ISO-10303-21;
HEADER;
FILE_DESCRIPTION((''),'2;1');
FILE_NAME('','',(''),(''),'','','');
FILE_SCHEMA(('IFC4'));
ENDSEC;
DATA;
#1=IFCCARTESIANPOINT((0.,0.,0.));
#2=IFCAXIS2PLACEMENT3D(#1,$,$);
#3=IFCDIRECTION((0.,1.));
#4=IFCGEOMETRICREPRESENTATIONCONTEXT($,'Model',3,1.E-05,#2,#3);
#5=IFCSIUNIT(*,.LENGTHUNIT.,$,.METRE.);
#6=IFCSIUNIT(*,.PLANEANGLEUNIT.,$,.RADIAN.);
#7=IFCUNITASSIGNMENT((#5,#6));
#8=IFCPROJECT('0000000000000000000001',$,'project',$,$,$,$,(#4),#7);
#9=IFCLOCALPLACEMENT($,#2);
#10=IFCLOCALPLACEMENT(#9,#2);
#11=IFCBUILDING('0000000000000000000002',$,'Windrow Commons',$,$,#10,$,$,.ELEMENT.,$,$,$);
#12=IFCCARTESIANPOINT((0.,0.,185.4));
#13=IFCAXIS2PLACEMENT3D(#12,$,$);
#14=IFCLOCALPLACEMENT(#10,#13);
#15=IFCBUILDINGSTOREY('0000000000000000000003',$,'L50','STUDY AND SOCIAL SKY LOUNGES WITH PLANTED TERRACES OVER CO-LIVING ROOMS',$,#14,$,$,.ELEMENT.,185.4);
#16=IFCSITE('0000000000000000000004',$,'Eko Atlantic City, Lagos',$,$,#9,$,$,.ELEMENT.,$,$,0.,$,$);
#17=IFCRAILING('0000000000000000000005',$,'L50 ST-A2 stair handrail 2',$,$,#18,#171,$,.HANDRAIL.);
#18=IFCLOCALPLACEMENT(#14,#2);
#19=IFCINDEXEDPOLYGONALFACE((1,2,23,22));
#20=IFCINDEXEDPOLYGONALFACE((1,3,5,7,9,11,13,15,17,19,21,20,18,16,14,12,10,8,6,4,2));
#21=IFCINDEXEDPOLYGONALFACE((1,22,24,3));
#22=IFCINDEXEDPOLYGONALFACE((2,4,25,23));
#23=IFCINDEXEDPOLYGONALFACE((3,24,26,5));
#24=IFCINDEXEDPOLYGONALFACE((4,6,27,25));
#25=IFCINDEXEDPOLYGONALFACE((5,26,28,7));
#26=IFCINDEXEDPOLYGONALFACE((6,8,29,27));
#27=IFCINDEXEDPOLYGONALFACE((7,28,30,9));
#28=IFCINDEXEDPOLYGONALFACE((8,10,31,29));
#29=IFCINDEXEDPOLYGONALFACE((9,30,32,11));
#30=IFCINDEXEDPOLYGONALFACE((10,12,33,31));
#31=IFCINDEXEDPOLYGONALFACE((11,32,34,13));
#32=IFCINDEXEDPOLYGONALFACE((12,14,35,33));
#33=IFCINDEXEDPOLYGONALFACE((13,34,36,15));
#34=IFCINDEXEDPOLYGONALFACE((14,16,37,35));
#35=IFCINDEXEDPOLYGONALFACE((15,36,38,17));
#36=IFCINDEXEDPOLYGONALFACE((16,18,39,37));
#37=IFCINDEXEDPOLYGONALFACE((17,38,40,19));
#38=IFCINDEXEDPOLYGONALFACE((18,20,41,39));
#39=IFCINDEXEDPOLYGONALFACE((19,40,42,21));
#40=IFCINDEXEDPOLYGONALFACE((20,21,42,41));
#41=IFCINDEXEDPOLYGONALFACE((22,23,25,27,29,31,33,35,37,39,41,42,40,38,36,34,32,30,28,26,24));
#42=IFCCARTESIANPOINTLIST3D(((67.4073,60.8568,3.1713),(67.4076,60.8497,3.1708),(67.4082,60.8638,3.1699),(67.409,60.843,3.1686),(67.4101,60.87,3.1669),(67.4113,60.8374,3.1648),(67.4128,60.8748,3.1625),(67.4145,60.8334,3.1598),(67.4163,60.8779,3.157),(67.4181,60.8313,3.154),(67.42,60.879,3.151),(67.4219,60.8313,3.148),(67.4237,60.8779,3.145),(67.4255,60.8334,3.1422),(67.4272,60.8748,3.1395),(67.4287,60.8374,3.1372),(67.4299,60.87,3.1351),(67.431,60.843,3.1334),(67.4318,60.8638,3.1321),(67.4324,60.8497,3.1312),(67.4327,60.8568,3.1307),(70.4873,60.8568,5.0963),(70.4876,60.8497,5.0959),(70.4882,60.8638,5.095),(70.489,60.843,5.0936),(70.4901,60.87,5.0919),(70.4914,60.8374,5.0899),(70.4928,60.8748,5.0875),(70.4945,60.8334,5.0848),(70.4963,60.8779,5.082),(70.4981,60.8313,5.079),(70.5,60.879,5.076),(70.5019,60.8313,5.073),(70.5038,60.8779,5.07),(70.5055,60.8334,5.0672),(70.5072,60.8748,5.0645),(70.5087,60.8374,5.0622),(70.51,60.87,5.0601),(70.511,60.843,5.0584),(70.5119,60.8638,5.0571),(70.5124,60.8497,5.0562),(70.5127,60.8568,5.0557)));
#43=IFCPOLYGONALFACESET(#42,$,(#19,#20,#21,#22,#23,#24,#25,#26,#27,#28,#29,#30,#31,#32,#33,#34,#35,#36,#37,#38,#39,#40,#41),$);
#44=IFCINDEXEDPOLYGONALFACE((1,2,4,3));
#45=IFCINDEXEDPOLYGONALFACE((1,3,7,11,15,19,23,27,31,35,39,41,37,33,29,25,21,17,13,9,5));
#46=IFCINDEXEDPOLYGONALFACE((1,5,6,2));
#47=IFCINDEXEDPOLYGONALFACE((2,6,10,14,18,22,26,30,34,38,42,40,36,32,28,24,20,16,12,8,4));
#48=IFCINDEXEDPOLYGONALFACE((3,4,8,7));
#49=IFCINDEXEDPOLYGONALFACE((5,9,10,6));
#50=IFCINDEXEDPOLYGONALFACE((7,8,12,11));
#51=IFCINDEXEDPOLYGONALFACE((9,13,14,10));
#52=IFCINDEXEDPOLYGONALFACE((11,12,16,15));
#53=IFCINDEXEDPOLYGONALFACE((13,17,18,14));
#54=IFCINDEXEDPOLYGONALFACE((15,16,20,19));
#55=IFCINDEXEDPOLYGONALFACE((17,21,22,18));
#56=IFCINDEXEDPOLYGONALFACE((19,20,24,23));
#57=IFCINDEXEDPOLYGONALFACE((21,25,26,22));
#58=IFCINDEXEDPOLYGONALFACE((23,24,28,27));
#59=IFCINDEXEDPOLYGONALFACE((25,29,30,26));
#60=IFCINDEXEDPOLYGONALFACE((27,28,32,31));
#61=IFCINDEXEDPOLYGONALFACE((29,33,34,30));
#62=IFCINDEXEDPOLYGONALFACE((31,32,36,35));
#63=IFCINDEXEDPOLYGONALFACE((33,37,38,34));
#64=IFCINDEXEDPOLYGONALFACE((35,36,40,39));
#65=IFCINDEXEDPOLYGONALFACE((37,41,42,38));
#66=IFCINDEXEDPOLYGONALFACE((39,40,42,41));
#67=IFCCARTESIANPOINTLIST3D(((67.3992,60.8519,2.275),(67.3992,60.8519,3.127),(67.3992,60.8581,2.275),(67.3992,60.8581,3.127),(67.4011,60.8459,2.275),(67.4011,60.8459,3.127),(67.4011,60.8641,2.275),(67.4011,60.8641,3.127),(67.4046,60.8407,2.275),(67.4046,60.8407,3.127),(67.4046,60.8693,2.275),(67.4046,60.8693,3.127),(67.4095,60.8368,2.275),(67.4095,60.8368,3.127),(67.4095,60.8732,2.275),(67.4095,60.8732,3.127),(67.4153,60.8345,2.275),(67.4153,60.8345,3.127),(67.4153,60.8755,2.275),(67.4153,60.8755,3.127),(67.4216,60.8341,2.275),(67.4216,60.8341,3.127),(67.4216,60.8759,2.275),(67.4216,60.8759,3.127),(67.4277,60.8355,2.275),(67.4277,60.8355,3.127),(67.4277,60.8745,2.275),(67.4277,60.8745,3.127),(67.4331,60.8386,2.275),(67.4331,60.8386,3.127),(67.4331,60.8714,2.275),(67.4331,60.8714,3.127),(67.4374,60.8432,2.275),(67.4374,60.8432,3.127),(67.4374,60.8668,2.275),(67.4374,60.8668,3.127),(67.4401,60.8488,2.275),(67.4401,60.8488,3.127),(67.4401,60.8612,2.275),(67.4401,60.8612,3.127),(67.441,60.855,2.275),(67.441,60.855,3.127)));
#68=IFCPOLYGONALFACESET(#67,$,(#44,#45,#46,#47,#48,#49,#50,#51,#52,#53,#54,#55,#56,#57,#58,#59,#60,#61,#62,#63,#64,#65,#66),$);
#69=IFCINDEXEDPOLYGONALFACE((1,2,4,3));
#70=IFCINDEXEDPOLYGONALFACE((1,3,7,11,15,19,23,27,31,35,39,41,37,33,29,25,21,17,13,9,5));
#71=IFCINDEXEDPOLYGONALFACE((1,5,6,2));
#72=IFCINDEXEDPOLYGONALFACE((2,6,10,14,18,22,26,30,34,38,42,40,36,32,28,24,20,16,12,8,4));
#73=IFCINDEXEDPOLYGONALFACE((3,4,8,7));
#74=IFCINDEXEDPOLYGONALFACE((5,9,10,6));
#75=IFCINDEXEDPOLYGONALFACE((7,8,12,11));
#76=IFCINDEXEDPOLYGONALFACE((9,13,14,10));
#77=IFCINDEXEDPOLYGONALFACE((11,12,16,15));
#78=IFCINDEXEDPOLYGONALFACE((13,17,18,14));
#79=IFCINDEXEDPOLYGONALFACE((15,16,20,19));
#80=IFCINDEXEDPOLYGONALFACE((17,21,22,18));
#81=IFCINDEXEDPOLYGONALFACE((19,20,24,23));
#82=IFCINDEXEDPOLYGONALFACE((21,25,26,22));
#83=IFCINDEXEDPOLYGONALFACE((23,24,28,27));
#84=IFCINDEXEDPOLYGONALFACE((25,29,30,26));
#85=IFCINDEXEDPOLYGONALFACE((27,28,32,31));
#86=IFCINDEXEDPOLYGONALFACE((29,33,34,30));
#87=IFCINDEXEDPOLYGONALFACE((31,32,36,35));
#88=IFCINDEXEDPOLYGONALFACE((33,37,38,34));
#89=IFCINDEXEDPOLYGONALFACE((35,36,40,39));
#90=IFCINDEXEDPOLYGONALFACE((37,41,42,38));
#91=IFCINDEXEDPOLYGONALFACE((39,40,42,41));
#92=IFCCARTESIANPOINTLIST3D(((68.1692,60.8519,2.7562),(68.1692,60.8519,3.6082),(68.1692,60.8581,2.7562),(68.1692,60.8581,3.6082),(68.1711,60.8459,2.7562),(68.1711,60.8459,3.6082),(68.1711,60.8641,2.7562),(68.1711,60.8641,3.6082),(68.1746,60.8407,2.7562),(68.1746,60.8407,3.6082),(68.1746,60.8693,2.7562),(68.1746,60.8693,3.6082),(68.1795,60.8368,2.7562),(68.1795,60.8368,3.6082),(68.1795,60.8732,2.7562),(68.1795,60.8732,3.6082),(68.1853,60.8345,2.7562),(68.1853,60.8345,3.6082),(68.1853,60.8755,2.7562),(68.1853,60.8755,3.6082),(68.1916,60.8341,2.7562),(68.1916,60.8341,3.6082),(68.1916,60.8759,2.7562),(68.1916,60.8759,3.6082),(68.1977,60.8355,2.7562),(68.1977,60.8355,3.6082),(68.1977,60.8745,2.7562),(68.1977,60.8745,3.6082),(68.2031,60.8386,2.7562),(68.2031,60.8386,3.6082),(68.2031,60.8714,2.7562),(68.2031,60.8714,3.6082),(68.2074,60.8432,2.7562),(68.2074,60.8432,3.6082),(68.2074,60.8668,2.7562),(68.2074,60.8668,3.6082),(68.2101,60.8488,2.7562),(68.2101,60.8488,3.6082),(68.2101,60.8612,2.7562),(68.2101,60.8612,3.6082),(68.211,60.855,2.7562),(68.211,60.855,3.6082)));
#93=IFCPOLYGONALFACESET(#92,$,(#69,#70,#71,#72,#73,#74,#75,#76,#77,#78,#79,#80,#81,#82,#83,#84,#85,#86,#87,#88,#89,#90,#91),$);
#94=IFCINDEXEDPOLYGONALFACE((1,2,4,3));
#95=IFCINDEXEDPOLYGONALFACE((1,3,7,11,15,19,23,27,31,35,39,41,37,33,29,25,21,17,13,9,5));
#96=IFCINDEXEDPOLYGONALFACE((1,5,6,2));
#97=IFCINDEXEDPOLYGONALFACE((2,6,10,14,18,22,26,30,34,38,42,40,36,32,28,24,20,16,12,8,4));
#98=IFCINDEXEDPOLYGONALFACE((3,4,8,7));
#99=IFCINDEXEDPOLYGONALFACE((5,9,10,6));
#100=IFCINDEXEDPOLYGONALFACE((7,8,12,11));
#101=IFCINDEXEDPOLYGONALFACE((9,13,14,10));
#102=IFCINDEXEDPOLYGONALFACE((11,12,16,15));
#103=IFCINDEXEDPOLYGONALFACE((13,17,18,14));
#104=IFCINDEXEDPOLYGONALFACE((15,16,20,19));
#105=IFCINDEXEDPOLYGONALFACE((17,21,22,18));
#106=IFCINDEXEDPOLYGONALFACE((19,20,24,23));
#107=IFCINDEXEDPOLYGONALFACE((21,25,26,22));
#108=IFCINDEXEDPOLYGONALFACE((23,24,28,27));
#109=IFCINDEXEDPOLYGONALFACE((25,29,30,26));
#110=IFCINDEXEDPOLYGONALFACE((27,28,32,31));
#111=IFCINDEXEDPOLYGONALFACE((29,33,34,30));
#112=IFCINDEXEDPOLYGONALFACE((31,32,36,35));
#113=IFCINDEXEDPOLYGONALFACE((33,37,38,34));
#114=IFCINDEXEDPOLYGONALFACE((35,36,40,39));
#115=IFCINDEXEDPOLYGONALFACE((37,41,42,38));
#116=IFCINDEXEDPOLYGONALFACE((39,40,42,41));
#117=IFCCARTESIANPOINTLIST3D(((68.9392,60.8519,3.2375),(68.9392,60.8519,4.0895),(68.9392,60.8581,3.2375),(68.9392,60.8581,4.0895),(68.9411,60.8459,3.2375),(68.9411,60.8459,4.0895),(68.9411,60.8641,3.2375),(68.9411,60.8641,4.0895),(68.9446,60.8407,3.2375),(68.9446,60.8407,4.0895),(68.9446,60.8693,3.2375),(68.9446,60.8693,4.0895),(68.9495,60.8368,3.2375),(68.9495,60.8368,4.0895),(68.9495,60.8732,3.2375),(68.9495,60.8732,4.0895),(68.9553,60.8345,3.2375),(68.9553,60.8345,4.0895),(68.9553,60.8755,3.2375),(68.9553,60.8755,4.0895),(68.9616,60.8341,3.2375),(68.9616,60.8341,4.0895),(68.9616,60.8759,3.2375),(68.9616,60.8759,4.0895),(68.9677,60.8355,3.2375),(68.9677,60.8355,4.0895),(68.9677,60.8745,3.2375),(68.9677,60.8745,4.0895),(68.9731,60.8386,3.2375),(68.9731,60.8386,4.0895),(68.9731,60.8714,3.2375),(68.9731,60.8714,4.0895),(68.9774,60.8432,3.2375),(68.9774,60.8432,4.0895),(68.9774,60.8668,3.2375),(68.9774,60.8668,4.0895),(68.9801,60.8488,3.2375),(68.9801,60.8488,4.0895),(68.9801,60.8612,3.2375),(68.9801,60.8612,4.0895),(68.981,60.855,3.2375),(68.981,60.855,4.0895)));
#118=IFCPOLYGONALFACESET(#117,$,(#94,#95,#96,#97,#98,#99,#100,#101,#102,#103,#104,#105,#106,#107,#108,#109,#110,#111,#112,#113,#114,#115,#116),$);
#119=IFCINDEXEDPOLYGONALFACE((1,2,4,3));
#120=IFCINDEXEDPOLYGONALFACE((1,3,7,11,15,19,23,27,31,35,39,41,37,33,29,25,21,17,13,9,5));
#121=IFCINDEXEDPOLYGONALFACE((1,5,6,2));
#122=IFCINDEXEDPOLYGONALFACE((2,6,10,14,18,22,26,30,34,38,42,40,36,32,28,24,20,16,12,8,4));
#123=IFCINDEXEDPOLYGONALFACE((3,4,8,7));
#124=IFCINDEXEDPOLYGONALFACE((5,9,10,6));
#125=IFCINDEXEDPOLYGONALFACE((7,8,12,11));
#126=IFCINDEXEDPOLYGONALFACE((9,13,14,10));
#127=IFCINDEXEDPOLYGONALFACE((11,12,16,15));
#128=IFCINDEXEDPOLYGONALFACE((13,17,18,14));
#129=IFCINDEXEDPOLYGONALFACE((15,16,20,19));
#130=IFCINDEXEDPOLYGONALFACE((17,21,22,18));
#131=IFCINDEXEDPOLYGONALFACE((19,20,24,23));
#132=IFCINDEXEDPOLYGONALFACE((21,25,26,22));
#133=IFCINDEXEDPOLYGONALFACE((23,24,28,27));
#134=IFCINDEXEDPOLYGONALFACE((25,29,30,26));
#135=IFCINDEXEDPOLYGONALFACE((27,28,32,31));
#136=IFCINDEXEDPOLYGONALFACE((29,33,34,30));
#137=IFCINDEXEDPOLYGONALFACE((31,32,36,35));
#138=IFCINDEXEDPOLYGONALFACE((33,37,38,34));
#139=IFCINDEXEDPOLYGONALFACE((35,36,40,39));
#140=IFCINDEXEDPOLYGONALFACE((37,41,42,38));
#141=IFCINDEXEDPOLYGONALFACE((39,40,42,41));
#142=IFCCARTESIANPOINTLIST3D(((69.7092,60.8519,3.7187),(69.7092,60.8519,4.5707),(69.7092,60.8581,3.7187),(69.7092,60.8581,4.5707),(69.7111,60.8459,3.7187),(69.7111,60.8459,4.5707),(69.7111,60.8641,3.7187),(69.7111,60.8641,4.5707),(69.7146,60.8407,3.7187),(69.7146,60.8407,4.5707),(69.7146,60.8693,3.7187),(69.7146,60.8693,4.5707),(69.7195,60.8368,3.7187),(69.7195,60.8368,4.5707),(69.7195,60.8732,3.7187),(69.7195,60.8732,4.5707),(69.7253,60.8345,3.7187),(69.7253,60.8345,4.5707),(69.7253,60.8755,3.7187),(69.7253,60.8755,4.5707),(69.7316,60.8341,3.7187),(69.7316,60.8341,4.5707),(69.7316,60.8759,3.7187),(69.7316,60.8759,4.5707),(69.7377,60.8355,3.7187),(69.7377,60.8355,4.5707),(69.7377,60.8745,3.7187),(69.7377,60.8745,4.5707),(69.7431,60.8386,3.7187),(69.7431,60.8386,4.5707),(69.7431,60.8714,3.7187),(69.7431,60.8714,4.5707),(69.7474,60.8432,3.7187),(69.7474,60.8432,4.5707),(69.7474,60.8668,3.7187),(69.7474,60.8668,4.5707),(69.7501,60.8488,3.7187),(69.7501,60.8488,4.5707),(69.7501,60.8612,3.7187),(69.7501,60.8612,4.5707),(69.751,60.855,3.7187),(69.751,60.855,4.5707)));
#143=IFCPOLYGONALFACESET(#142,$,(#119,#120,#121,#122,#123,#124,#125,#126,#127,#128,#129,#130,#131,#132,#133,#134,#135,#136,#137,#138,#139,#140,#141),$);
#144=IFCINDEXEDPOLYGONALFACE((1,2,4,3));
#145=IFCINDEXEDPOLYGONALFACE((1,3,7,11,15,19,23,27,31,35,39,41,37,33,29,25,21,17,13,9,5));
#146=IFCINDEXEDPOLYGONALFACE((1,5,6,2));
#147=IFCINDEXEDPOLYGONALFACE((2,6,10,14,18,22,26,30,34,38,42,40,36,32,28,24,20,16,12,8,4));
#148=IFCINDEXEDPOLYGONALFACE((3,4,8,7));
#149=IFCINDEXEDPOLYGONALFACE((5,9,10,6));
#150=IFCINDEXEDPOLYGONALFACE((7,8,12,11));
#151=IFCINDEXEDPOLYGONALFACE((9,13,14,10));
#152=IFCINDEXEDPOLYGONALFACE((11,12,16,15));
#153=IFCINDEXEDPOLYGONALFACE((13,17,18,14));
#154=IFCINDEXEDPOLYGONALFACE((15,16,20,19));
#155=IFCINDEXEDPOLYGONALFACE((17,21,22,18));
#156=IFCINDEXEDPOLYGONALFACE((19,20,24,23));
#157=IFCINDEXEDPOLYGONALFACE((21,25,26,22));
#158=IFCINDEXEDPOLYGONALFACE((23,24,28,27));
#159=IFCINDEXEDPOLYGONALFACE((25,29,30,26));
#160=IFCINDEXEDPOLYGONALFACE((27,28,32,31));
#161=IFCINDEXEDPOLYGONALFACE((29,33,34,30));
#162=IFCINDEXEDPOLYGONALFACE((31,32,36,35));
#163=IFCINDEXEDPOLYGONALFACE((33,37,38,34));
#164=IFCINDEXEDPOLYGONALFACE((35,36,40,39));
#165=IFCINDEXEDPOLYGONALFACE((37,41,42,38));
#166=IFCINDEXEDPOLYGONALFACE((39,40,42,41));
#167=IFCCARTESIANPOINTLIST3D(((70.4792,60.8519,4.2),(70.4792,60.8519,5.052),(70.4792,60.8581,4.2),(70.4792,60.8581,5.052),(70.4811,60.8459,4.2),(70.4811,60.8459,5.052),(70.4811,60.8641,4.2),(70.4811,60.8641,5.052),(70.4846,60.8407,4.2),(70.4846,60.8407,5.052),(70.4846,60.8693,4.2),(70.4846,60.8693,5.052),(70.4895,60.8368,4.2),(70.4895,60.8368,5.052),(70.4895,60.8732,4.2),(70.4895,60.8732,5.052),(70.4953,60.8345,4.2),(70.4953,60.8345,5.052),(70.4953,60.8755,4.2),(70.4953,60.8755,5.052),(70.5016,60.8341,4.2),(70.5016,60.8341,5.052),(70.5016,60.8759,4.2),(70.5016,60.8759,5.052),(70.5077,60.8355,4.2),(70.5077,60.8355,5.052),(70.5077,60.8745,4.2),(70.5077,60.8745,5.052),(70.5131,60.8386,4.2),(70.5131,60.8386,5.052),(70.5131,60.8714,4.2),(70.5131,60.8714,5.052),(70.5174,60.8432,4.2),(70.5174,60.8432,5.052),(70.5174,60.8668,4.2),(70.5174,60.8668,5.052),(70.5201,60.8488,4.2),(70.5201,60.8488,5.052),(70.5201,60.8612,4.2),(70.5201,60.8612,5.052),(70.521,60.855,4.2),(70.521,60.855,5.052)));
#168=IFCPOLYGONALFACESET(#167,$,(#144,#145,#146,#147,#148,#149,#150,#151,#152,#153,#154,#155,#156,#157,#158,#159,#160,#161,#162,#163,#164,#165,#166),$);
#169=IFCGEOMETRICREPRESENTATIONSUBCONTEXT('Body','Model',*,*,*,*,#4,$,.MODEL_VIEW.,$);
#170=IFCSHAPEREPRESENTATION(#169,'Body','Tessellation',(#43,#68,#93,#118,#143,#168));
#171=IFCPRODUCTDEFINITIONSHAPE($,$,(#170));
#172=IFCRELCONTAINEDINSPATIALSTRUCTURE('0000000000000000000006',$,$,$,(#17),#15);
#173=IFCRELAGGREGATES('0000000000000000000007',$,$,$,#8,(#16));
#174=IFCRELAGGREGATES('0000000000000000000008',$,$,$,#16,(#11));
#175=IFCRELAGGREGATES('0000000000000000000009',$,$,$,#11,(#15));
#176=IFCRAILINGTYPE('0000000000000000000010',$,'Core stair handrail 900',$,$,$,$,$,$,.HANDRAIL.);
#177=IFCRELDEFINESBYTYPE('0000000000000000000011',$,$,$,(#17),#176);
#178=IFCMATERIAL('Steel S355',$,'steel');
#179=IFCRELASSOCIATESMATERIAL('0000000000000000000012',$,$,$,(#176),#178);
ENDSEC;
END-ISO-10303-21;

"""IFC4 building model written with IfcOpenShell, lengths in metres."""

from ifc_helpers import new_model, si_unit, direction, frame, origin, origin_2d, place, context, subcontext, project, spatial, circle, extrude, material, type_object, element, save


model = new_model("IFC4")

# Units and contexts
model_context = context("Model", 3, precision=1e-05, world=origin(), true_north=direction((0.0, 1.0)))
body_context = subcontext(model_context, "Body", "Model", "MODEL_VIEW")
ifc_project = project(units=[si_unit("LENGTHUNIT", "METRE"), si_unit("PLANEANGLEUNIT", "RADIAN")], contexts=[model_context])

# Site, building, storey
site_placement = place(None, origin())
site = spatial("IfcSite", under=ifc_project, at=site_placement, Name="Eko Atlantic City, Lagos", CompositionType="ELEMENT", RefElevation=0.0)
building_placement = place(site_placement, origin())
building = spatial("IfcBuilding", under=site, at=building_placement, Name="Windrow Commons", CompositionType="ELEMENT")
storey_placement = place(building_placement, frame((0.0, 0.0, 185.4)))
storey = spatial("IfcBuildingStorey", under=building, at=storey_placement, Name="L50", Description="STUDY AND SOCIAL SKY LOUNGES WITH PLANTED TERRACES OVER CO-LIVING ROOMS", CompositionType="ELEMENT", Elevation=185.4)

# Railing
ifc_material_1 = material(Name="Steel S355", Category="steel")
railing_type_1 = type_object("IfcRailingType", Name="Core stair handrail 900", PredefinedType="HANDRAIL", material=ifc_material_1)
railing_1_placement = place(storey_placement, frame((67.42, 60.855, 2.275)))
element("IfcRailing", 1, at=railing_1_placement, inside=storey, type_object=railing_type_1, Name="L50 ST-A2 stair handrail 2", PredefinedType="HANDRAIL", context=body_context, shape_type="SweptSolid", body=[
    extrude(circle(Radius=0.024, at=origin_2d()), frame((0.0, 0.0, 0.876), z_axis=(0.847998, 0.0, 0.529999), x_axis=(0.0, 1.0, 0.0)), (0.0, 0.0, 1.0), 3.6321),
    extrude(circle(Radius=0.021, at=origin_2d()), origin(), (0.0, 0.0, 1.0), 0.852),
    extrude(circle(Radius=0.021, at=origin_2d()), frame((0.77, 0.0, 0.4812)), (0.0, 0.0, 1.0), 0.852),
    extrude(circle(Radius=0.021, at=origin_2d()), frame((1.54, 0.0, 0.9625)), (0.0, 0.0, 1.0), 0.852),
    extrude(circle(Radius=0.021, at=origin_2d()), frame((2.31, 0.0, 1.4437)), (0.0, 0.0, 1.0), 0.852),
    extrude(circle(Radius=0.021, at=origin_2d()), frame((3.08, 0.0, 1.925)), (0.0, 0.0, 1.0), 0.852),
])

save(model, "model.ifc")
